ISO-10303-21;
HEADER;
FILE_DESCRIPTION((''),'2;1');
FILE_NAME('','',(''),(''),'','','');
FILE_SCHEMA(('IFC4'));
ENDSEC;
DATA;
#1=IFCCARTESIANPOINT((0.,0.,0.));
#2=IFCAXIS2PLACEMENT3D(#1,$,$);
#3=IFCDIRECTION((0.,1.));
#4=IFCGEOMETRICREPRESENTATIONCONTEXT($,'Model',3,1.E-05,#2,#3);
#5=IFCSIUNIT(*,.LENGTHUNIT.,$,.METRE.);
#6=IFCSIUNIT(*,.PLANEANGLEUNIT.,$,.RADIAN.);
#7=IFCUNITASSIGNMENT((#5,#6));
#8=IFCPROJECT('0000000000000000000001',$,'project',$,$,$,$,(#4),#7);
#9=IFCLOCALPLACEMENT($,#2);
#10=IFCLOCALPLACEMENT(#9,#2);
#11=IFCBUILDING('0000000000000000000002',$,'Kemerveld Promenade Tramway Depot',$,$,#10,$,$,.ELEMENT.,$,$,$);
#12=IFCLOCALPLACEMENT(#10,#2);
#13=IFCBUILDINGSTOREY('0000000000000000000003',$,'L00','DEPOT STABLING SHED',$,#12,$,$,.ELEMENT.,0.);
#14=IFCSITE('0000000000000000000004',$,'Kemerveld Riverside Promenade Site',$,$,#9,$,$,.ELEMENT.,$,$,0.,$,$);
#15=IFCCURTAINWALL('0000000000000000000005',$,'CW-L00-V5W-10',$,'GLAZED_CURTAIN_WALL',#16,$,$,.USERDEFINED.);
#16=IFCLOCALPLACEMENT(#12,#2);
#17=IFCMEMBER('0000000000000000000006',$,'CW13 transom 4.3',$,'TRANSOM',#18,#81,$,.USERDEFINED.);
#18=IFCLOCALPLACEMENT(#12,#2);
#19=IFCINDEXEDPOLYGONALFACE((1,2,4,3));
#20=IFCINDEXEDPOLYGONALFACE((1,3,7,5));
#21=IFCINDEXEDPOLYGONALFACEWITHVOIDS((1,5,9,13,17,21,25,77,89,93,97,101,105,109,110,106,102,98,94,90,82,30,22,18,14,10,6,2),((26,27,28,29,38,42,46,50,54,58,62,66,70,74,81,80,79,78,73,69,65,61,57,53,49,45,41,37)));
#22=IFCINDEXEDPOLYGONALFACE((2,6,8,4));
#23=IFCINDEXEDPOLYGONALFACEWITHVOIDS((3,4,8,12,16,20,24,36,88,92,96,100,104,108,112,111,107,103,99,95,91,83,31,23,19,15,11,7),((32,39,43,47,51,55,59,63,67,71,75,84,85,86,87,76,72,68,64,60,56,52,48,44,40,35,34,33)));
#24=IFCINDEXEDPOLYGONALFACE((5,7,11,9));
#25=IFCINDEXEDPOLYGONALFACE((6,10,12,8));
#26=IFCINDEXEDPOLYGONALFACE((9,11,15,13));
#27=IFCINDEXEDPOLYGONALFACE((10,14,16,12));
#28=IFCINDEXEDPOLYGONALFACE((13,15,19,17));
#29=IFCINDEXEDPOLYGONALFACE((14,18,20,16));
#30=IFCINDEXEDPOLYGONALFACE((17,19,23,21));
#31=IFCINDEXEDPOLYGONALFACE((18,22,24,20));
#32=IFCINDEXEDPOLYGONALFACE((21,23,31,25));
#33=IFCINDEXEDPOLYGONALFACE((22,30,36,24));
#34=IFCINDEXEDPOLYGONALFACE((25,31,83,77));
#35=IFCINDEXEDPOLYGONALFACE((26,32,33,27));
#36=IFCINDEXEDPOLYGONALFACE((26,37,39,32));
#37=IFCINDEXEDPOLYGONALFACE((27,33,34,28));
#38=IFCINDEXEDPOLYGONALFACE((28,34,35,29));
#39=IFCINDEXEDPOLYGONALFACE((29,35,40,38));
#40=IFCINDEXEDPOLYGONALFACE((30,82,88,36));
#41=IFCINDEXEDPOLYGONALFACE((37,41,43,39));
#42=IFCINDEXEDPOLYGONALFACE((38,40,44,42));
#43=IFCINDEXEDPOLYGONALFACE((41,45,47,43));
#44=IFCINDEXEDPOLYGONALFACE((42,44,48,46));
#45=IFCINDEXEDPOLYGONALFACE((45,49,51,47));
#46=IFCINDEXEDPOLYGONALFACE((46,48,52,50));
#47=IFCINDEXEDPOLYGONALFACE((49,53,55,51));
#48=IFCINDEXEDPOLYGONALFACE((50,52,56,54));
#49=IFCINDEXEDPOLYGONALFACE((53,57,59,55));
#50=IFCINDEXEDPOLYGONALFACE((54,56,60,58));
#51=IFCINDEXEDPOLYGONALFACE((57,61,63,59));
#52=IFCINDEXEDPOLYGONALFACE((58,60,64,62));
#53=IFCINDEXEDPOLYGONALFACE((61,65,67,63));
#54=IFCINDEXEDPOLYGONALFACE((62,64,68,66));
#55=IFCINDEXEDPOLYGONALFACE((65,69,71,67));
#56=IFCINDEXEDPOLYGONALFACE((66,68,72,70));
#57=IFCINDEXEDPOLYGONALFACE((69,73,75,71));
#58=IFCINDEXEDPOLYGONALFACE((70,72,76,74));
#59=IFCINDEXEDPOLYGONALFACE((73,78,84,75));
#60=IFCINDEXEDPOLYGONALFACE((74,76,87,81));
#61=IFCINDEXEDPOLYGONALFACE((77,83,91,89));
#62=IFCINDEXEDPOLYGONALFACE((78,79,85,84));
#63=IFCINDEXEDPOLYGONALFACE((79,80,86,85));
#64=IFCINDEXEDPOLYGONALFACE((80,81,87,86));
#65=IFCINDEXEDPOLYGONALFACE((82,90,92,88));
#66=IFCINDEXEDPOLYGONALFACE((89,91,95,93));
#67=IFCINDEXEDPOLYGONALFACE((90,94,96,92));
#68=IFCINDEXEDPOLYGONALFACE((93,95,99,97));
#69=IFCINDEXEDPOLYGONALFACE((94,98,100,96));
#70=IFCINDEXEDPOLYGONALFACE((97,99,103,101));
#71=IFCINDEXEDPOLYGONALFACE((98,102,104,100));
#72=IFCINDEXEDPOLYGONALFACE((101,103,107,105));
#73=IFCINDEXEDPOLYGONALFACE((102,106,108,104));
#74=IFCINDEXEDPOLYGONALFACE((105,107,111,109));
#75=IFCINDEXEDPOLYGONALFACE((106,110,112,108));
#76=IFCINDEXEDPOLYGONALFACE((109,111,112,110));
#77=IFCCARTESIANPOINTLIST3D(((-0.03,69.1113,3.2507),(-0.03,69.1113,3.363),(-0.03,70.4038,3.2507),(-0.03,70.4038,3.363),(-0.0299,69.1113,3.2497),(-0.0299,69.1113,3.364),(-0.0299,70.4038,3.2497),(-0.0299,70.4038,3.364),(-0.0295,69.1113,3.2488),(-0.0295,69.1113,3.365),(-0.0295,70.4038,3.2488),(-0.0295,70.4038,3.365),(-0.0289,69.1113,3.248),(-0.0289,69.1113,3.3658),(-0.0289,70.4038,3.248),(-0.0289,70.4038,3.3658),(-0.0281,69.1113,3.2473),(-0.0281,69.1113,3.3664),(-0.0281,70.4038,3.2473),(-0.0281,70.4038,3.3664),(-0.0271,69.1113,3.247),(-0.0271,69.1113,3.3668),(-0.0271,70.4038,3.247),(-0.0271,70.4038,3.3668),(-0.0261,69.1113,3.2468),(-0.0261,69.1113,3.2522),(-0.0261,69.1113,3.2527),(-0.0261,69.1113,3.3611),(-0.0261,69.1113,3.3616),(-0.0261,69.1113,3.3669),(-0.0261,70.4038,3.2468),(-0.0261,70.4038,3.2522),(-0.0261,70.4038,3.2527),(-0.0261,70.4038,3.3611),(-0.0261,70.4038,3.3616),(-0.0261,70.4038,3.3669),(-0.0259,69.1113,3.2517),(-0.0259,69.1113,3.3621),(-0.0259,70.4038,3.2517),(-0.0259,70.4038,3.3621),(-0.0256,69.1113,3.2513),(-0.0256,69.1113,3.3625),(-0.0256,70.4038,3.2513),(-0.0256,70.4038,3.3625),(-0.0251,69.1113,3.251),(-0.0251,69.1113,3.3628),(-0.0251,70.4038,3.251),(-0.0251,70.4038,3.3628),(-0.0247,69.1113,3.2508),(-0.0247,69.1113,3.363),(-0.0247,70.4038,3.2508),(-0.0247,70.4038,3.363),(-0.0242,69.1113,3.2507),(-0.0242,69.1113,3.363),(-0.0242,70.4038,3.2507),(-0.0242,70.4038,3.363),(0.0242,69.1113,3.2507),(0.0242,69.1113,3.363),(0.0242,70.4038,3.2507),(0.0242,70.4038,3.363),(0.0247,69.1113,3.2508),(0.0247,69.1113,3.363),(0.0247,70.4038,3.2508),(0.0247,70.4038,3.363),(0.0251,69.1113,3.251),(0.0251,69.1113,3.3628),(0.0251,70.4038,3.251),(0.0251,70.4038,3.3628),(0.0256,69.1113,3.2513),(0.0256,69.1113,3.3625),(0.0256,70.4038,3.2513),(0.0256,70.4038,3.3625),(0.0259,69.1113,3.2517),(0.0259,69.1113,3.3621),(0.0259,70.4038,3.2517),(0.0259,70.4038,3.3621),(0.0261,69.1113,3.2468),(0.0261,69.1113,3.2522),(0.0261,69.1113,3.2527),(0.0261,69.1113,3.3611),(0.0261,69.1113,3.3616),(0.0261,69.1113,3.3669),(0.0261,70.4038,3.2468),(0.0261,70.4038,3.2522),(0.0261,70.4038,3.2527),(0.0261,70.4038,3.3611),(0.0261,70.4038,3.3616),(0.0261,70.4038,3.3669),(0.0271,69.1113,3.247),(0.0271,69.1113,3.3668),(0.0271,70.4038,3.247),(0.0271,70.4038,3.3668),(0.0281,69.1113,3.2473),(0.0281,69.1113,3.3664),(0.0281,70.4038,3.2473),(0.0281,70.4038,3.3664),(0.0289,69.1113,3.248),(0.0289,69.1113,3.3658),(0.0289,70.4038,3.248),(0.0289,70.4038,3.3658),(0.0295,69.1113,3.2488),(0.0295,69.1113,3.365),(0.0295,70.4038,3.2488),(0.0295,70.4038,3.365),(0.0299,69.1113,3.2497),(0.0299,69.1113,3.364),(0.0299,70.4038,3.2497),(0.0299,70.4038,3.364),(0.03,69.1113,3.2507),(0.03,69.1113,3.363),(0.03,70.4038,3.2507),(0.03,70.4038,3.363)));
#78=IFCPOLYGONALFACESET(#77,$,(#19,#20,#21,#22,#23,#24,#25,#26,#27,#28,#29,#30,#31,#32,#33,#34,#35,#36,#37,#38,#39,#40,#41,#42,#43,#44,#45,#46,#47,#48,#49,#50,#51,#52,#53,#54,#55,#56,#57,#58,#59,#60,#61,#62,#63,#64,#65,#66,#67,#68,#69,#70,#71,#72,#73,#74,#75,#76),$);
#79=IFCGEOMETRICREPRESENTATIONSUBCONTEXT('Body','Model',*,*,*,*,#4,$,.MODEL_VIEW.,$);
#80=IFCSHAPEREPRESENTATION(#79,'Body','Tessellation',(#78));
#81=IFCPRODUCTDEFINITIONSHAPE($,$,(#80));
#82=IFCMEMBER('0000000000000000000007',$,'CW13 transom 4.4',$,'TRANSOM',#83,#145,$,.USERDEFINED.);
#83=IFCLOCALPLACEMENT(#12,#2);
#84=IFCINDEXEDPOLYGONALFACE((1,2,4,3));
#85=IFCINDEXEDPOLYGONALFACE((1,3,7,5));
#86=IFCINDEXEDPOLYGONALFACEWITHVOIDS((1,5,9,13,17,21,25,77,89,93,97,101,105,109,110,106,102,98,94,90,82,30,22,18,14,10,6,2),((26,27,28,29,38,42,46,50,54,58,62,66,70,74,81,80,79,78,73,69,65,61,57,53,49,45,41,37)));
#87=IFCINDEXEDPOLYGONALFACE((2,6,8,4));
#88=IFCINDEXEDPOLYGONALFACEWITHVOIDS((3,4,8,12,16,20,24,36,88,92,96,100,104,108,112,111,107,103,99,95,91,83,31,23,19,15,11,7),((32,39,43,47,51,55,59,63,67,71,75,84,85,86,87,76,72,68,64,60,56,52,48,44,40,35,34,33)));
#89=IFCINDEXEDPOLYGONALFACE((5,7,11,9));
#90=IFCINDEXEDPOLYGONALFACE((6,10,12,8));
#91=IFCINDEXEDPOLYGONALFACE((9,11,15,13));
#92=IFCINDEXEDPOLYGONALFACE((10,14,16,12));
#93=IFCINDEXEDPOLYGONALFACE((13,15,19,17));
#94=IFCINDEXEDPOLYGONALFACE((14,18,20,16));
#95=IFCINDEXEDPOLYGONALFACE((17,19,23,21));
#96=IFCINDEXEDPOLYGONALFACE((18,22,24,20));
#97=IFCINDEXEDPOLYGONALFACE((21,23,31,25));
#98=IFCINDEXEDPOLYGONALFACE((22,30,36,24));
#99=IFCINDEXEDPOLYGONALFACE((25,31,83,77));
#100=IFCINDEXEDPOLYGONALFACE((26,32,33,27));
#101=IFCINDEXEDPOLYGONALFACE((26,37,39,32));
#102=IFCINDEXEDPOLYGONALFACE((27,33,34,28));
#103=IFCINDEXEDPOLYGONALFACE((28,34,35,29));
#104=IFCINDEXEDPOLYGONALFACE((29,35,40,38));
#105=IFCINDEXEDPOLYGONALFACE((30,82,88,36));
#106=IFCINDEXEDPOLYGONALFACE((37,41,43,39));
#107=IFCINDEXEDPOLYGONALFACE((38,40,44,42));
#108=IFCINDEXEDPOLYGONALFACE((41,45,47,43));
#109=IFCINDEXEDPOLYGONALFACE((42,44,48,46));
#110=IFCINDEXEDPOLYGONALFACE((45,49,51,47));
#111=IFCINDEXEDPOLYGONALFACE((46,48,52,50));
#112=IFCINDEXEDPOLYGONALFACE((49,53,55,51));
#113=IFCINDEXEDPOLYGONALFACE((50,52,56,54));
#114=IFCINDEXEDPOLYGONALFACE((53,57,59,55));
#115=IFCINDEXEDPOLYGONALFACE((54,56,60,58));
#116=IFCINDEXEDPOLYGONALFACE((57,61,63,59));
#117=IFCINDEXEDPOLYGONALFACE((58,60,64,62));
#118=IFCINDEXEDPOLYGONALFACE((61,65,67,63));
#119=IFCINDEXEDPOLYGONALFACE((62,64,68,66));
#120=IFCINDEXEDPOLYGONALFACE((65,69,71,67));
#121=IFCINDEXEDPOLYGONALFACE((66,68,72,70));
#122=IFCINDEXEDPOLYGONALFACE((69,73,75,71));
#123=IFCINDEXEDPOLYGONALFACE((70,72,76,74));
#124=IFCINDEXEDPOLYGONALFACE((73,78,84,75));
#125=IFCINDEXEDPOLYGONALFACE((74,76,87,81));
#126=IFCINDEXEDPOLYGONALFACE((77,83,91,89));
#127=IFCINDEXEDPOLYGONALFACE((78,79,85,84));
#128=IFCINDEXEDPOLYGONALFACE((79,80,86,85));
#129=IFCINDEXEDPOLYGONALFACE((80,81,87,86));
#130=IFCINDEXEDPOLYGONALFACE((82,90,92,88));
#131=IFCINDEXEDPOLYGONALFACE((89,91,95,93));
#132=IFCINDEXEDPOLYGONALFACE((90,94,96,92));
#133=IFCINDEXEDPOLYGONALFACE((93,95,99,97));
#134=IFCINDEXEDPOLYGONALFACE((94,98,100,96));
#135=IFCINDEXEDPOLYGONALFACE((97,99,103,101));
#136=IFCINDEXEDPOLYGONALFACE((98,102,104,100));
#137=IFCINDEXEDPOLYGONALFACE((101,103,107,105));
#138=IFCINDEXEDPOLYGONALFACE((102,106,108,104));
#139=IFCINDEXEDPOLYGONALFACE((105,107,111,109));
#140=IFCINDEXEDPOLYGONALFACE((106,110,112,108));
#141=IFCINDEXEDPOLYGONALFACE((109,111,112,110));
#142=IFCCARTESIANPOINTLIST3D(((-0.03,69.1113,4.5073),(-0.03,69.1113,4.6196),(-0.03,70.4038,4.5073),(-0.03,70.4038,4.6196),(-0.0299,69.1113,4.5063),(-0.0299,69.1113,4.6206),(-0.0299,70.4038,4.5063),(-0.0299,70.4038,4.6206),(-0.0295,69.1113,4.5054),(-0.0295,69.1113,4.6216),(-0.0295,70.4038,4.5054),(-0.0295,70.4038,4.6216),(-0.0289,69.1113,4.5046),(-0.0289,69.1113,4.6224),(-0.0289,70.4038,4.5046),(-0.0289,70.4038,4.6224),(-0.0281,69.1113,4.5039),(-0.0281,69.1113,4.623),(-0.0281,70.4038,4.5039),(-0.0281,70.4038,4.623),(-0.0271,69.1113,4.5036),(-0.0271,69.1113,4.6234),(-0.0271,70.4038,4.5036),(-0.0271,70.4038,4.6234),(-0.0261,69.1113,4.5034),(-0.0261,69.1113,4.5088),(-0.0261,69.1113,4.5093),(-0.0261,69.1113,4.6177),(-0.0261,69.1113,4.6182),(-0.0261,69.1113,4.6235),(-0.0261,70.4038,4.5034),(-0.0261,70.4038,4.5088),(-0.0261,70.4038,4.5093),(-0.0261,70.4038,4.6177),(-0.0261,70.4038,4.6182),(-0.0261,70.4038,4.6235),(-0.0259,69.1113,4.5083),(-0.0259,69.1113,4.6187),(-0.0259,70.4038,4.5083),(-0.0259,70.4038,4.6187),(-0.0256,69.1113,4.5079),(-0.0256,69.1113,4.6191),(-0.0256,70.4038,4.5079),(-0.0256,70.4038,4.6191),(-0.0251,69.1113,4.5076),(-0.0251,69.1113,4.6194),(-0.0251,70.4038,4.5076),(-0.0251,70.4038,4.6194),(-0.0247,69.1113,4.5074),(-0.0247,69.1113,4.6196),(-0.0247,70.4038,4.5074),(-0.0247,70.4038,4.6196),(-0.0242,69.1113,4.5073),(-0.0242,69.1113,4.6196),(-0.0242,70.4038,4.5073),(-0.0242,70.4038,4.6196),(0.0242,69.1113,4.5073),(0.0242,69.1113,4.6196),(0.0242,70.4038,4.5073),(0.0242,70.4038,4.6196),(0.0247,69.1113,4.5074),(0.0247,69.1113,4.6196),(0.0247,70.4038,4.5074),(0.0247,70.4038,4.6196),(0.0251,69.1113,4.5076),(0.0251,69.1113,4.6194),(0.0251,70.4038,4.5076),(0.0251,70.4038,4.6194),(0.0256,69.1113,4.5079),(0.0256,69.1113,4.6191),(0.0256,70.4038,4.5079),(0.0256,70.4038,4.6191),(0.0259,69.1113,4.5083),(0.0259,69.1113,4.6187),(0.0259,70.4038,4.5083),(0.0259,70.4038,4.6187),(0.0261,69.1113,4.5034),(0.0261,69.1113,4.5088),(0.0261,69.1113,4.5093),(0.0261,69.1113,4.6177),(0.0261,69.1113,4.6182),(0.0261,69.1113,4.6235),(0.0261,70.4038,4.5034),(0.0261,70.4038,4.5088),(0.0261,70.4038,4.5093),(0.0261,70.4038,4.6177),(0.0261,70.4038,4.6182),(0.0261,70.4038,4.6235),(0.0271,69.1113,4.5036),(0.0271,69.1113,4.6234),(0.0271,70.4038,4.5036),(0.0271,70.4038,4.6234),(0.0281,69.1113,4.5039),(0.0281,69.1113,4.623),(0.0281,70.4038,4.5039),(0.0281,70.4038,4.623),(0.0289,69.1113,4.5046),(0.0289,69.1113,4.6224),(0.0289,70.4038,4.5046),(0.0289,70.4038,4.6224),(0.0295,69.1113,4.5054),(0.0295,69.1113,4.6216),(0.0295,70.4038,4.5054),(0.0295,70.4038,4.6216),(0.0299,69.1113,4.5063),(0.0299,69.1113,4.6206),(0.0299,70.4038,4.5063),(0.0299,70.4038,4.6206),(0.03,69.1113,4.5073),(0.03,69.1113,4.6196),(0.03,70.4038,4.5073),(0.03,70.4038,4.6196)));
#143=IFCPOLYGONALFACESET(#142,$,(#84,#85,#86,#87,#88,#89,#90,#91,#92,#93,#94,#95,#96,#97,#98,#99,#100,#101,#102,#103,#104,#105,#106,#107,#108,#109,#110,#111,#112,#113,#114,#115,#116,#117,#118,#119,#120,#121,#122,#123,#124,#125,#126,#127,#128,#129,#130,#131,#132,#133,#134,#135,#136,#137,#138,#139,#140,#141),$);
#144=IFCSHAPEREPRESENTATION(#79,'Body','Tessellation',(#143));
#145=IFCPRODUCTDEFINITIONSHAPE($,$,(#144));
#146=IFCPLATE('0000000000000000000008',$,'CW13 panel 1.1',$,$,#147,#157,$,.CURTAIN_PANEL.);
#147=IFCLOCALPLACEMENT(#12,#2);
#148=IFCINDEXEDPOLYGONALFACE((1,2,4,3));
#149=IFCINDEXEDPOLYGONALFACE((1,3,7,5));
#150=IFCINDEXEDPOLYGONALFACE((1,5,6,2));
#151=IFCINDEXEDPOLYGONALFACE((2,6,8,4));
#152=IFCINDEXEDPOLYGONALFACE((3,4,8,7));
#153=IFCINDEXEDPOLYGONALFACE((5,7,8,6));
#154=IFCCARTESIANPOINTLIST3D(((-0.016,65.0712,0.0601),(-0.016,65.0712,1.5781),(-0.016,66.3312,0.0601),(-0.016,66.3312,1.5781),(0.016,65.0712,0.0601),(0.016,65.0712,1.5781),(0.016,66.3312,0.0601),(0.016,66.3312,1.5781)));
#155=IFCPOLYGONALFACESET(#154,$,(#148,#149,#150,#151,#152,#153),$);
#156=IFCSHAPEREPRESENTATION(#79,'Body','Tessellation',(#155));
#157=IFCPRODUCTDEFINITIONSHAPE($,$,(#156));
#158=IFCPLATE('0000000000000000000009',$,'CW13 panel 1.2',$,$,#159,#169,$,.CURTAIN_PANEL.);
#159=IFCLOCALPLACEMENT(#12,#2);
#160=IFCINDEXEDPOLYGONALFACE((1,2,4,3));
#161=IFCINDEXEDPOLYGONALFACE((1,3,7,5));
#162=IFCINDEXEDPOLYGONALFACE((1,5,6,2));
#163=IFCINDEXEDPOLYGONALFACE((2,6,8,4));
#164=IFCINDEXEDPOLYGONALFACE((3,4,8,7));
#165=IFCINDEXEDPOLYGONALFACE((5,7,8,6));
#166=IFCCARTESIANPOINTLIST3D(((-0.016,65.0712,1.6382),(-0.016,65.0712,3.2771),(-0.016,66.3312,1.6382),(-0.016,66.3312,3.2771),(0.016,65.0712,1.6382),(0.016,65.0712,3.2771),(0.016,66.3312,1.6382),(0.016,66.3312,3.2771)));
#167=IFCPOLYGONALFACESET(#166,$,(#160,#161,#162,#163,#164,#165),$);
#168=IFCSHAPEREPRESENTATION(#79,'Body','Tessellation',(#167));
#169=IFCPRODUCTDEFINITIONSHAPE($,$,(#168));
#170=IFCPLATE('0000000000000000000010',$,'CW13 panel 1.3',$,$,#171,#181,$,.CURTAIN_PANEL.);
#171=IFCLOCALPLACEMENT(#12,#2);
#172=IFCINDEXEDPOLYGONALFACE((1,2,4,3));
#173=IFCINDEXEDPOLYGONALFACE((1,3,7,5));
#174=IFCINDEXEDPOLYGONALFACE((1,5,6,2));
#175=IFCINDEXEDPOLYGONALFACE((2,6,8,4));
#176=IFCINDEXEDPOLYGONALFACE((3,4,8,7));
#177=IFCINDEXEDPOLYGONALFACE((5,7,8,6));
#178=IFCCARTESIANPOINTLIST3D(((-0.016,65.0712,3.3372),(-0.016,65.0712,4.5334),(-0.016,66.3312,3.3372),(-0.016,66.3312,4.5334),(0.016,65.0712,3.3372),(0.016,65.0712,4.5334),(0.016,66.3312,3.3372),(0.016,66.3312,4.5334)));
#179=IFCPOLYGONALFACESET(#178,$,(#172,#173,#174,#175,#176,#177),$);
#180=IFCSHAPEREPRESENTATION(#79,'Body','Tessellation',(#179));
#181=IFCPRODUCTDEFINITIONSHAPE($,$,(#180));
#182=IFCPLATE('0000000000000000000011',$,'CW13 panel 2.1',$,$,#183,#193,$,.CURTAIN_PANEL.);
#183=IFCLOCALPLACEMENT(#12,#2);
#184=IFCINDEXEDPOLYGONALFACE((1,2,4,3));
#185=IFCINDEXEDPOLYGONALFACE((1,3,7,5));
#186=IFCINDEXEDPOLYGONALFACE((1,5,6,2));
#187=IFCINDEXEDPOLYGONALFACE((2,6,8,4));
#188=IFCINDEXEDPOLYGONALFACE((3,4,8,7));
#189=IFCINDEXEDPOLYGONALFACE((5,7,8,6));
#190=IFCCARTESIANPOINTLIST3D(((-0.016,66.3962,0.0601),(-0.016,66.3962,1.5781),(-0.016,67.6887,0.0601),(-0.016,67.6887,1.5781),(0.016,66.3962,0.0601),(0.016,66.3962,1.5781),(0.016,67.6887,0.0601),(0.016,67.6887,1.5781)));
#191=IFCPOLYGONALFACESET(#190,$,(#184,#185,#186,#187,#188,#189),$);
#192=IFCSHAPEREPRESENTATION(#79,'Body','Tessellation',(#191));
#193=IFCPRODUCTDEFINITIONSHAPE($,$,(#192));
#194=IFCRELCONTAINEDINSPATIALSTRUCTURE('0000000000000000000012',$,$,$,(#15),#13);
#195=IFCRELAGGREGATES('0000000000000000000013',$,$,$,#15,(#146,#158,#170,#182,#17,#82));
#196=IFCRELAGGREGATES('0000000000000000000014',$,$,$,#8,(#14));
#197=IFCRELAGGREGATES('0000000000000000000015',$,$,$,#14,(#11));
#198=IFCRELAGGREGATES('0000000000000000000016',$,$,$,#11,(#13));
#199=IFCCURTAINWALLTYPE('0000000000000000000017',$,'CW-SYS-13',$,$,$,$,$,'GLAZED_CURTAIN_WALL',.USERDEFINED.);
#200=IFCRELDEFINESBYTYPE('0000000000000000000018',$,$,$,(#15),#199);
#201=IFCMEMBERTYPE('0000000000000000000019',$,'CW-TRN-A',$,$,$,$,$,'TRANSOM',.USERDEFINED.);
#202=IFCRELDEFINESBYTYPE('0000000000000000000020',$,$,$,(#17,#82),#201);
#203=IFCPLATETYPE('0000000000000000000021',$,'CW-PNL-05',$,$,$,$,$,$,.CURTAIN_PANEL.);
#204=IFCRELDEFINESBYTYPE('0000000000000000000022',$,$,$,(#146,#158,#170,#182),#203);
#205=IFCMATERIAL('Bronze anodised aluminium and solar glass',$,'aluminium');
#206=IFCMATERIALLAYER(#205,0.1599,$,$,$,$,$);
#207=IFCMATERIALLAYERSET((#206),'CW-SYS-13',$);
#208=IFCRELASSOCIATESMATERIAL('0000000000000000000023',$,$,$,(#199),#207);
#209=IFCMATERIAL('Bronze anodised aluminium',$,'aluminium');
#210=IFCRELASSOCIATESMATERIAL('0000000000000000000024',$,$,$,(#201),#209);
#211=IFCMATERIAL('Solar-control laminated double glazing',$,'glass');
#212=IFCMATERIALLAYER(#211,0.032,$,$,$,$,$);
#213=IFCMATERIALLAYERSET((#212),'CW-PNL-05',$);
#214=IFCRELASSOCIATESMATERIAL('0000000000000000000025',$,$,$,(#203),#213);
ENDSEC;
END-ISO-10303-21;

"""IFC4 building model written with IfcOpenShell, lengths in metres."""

from ifc_helpers import new_model, si_unit, direction, frame, origin, origin_2d, place, context, subcontext, project, spatial, rectangle, hollow_rectangle, extrude, material, layer, layer_set, material_profile, profile_set, type_object, element, aggregate, save


model = new_model("IFC4")

# Units and contexts
model_context = context("Model", 3, precision=1e-05, world=origin(), true_north=direction((0.0, 1.0)))
body_context = subcontext(model_context, "Body", "Model", "MODEL_VIEW")
ifc_project = project(units=[si_unit("LENGTHUNIT", "METRE"), si_unit("PLANEANGLEUNIT", "RADIAN")], contexts=[model_context])

# Site, building, storey
site_placement = place(None, origin())
site = spatial("IfcSite", under=ifc_project, at=site_placement, Name="Kemerveld Riverside Promenade Site", CompositionType="ELEMENT", RefElevation=0.0)
building_placement = place(site_placement, origin())
building = spatial("IfcBuilding", under=site, at=building_placement, Name="Kemerveld Promenade Tramway Depot", CompositionType="ELEMENT")
storey_placement = place(building_placement, origin())
storey = spatial("IfcBuildingStorey", under=building, at=storey_placement, Name="L00", Description="DEPOT STABLING SHED", CompositionType="ELEMENT", Elevation=0.0)

# Curtain wall, members, plates
ifc_material_1 = material(Name="Bronze anodised aluminium and solar glass", Category="aluminium")
ifc_layer_1 = layer(ifc_material_1, 0.1599)
ifc_layer_set_1 = layer_set([ifc_layer_1], Name="CW-SYS-13")
curtain_wall_type = type_object("IfcCurtainWallType", Name="CW-SYS-13", ElementType="GLAZED_CURTAIN_WALL", PredefinedType="USERDEFINED", material=ifc_layer_set_1)
curtain_wall_placement = place(storey_placement, origin())
curtain_wall = element("IfcCurtainWall", 1, at=curtain_wall_placement, inside=storey, type_object=curtain_wall_type, Name="CW-L00-V5W-10", ObjectType="GLAZED_CURTAIN_WALL", PredefinedType="USERDEFINED")
ifc_material_2 = material(Name="Bronze anodised aluminium", Category="aluminium")
ifc_material_profile_1 = material_profile(ifc_material_2, hollow_rectangle(XDim=0.0601, YDim=0.1201, WallThickness=0.0039, InnerFilletRadius=0.002, OuterFilletRadius=0.0039, at=origin_2d()), Name="CW-TRN-120x60")
ifc_profile_set_1 = profile_set([ifc_material_profile_1], Name="Bronze anodised aluminium")
member_type_1 = type_object("IfcMemberType", Name="CW-TRN-A", ElementType="TRANSOM", PredefinedType="USERDEFINED", material=ifc_profile_set_1)
member_1_placement = place(storey_placement, frame((0.0, 69.1113, 3.3069), z_axis=(0.0, 1.0, 0.0), x_axis=(-1.0, 0.0, 0.0)))
member_1 = element("IfcMember", 2, at=member_1_placement, type_object=member_type_1, Name="CW13 transom 4.3", ObjectType="TRANSOM", PredefinedType="USERDEFINED", context=body_context, shape_type="SweptSolid", body=[
    extrude(hollow_rectangle(XDim=0.0601, YDim=0.1201, WallThickness=0.0039, InnerFilletRadius=0.002, OuterFilletRadius=0.0039, at=origin_2d()), origin(), (0.0, 0.0, 1.0), 1.2925),
])
member_2_placement = place(storey_placement, frame((0.0, 69.1113, 4.5635), z_axis=(0.0, 1.0, 0.0), x_axis=(-1.0, 0.0, 0.0)))
member_2 = element("IfcMember", 3, at=member_2_placement, type_object=member_type_1, Name="CW13 transom 4.4", ObjectType="TRANSOM", PredefinedType="USERDEFINED", context=body_context, shape_type="SweptSolid", body=[
    extrude(hollow_rectangle(XDim=0.0601, YDim=0.1201, WallThickness=0.0039, InnerFilletRadius=0.002, OuterFilletRadius=0.0039, at=origin_2d()), origin(), (0.0, 0.0, 1.0), 1.2925),
])
ifc_material_3 = material(Name="Solar-control laminated double glazing", Category="glass")
ifc_layer_2 = layer(ifc_material_3, 0.032)
ifc_layer_set_2 = layer_set([ifc_layer_2], Name="CW-PNL-05")
plate_type = type_object("IfcPlateType", Name="CW-PNL-05", PredefinedType="CURTAIN_PANEL", material=ifc_layer_set_2)
plate_1_placement = place(storey_placement, frame((0.0, 65.7012, 0.0601), z_axis=(0.0, 0.0, 1.0), x_axis=(0.0, 1.0, 0.0)))
plate_1 = element("IfcPlate", 4, at=plate_1_placement, type_object=plate_type, Name="CW13 panel 1.1", PredefinedType="CURTAIN_PANEL", context=body_context, shape_type="SweptSolid", body=[
    extrude(rectangle(XDim=1.26, YDim=0.032, at=origin_2d()), origin(), (0.0, 0.0, 1.0), 1.5181),
])
plate_2_placement = place(storey_placement, frame((0.0, 65.7012, 1.6382), z_axis=(0.0, 0.0, 1.0), x_axis=(0.0, 1.0, 0.0)))
plate_2 = element("IfcPlate", 5, at=plate_2_placement, type_object=plate_type, Name="CW13 panel 1.2", PredefinedType="CURTAIN_PANEL", context=body_context, shape_type="SweptSolid", body=[
    extrude(rectangle(XDim=1.26, YDim=0.032, at=origin_2d()), origin(), (0.0, 0.0, 1.0), 1.6389),
])
plate_3_placement = place(storey_placement, frame((0.0, 65.7012, 3.3372), z_axis=(0.0, 0.0, 1.0), x_axis=(0.0, 1.0, 0.0)))
plate_3 = element("IfcPlate", 6, at=plate_3_placement, type_object=plate_type, Name="CW13 panel 1.3", PredefinedType="CURTAIN_PANEL", context=body_context, shape_type="SweptSolid", body=[
    extrude(rectangle(XDim=1.26, YDim=0.032, at=origin_2d()), origin(), (0.0, 0.0, 1.0), 1.1963),
])
plate_4_placement = place(storey_placement, frame((0.0, 67.0425, 0.0601), z_axis=(0.0, 0.0, 1.0), x_axis=(0.0, 1.0, 0.0)))
plate_4 = element("IfcPlate", 7, at=plate_4_placement, type_object=plate_type, Name="CW13 panel 2.1", PredefinedType="CURTAIN_PANEL", context=body_context, shape_type="SweptSolid", body=[
    extrude(rectangle(XDim=1.2925, YDim=0.032, at=origin_2d()), origin(), (0.0, 0.0, 1.0), 1.5181),
])
aggregate(curtain_wall, [plate_1, plate_2, plate_3, plate_4, member_1, member_2])

save(model, "model.ifc")
